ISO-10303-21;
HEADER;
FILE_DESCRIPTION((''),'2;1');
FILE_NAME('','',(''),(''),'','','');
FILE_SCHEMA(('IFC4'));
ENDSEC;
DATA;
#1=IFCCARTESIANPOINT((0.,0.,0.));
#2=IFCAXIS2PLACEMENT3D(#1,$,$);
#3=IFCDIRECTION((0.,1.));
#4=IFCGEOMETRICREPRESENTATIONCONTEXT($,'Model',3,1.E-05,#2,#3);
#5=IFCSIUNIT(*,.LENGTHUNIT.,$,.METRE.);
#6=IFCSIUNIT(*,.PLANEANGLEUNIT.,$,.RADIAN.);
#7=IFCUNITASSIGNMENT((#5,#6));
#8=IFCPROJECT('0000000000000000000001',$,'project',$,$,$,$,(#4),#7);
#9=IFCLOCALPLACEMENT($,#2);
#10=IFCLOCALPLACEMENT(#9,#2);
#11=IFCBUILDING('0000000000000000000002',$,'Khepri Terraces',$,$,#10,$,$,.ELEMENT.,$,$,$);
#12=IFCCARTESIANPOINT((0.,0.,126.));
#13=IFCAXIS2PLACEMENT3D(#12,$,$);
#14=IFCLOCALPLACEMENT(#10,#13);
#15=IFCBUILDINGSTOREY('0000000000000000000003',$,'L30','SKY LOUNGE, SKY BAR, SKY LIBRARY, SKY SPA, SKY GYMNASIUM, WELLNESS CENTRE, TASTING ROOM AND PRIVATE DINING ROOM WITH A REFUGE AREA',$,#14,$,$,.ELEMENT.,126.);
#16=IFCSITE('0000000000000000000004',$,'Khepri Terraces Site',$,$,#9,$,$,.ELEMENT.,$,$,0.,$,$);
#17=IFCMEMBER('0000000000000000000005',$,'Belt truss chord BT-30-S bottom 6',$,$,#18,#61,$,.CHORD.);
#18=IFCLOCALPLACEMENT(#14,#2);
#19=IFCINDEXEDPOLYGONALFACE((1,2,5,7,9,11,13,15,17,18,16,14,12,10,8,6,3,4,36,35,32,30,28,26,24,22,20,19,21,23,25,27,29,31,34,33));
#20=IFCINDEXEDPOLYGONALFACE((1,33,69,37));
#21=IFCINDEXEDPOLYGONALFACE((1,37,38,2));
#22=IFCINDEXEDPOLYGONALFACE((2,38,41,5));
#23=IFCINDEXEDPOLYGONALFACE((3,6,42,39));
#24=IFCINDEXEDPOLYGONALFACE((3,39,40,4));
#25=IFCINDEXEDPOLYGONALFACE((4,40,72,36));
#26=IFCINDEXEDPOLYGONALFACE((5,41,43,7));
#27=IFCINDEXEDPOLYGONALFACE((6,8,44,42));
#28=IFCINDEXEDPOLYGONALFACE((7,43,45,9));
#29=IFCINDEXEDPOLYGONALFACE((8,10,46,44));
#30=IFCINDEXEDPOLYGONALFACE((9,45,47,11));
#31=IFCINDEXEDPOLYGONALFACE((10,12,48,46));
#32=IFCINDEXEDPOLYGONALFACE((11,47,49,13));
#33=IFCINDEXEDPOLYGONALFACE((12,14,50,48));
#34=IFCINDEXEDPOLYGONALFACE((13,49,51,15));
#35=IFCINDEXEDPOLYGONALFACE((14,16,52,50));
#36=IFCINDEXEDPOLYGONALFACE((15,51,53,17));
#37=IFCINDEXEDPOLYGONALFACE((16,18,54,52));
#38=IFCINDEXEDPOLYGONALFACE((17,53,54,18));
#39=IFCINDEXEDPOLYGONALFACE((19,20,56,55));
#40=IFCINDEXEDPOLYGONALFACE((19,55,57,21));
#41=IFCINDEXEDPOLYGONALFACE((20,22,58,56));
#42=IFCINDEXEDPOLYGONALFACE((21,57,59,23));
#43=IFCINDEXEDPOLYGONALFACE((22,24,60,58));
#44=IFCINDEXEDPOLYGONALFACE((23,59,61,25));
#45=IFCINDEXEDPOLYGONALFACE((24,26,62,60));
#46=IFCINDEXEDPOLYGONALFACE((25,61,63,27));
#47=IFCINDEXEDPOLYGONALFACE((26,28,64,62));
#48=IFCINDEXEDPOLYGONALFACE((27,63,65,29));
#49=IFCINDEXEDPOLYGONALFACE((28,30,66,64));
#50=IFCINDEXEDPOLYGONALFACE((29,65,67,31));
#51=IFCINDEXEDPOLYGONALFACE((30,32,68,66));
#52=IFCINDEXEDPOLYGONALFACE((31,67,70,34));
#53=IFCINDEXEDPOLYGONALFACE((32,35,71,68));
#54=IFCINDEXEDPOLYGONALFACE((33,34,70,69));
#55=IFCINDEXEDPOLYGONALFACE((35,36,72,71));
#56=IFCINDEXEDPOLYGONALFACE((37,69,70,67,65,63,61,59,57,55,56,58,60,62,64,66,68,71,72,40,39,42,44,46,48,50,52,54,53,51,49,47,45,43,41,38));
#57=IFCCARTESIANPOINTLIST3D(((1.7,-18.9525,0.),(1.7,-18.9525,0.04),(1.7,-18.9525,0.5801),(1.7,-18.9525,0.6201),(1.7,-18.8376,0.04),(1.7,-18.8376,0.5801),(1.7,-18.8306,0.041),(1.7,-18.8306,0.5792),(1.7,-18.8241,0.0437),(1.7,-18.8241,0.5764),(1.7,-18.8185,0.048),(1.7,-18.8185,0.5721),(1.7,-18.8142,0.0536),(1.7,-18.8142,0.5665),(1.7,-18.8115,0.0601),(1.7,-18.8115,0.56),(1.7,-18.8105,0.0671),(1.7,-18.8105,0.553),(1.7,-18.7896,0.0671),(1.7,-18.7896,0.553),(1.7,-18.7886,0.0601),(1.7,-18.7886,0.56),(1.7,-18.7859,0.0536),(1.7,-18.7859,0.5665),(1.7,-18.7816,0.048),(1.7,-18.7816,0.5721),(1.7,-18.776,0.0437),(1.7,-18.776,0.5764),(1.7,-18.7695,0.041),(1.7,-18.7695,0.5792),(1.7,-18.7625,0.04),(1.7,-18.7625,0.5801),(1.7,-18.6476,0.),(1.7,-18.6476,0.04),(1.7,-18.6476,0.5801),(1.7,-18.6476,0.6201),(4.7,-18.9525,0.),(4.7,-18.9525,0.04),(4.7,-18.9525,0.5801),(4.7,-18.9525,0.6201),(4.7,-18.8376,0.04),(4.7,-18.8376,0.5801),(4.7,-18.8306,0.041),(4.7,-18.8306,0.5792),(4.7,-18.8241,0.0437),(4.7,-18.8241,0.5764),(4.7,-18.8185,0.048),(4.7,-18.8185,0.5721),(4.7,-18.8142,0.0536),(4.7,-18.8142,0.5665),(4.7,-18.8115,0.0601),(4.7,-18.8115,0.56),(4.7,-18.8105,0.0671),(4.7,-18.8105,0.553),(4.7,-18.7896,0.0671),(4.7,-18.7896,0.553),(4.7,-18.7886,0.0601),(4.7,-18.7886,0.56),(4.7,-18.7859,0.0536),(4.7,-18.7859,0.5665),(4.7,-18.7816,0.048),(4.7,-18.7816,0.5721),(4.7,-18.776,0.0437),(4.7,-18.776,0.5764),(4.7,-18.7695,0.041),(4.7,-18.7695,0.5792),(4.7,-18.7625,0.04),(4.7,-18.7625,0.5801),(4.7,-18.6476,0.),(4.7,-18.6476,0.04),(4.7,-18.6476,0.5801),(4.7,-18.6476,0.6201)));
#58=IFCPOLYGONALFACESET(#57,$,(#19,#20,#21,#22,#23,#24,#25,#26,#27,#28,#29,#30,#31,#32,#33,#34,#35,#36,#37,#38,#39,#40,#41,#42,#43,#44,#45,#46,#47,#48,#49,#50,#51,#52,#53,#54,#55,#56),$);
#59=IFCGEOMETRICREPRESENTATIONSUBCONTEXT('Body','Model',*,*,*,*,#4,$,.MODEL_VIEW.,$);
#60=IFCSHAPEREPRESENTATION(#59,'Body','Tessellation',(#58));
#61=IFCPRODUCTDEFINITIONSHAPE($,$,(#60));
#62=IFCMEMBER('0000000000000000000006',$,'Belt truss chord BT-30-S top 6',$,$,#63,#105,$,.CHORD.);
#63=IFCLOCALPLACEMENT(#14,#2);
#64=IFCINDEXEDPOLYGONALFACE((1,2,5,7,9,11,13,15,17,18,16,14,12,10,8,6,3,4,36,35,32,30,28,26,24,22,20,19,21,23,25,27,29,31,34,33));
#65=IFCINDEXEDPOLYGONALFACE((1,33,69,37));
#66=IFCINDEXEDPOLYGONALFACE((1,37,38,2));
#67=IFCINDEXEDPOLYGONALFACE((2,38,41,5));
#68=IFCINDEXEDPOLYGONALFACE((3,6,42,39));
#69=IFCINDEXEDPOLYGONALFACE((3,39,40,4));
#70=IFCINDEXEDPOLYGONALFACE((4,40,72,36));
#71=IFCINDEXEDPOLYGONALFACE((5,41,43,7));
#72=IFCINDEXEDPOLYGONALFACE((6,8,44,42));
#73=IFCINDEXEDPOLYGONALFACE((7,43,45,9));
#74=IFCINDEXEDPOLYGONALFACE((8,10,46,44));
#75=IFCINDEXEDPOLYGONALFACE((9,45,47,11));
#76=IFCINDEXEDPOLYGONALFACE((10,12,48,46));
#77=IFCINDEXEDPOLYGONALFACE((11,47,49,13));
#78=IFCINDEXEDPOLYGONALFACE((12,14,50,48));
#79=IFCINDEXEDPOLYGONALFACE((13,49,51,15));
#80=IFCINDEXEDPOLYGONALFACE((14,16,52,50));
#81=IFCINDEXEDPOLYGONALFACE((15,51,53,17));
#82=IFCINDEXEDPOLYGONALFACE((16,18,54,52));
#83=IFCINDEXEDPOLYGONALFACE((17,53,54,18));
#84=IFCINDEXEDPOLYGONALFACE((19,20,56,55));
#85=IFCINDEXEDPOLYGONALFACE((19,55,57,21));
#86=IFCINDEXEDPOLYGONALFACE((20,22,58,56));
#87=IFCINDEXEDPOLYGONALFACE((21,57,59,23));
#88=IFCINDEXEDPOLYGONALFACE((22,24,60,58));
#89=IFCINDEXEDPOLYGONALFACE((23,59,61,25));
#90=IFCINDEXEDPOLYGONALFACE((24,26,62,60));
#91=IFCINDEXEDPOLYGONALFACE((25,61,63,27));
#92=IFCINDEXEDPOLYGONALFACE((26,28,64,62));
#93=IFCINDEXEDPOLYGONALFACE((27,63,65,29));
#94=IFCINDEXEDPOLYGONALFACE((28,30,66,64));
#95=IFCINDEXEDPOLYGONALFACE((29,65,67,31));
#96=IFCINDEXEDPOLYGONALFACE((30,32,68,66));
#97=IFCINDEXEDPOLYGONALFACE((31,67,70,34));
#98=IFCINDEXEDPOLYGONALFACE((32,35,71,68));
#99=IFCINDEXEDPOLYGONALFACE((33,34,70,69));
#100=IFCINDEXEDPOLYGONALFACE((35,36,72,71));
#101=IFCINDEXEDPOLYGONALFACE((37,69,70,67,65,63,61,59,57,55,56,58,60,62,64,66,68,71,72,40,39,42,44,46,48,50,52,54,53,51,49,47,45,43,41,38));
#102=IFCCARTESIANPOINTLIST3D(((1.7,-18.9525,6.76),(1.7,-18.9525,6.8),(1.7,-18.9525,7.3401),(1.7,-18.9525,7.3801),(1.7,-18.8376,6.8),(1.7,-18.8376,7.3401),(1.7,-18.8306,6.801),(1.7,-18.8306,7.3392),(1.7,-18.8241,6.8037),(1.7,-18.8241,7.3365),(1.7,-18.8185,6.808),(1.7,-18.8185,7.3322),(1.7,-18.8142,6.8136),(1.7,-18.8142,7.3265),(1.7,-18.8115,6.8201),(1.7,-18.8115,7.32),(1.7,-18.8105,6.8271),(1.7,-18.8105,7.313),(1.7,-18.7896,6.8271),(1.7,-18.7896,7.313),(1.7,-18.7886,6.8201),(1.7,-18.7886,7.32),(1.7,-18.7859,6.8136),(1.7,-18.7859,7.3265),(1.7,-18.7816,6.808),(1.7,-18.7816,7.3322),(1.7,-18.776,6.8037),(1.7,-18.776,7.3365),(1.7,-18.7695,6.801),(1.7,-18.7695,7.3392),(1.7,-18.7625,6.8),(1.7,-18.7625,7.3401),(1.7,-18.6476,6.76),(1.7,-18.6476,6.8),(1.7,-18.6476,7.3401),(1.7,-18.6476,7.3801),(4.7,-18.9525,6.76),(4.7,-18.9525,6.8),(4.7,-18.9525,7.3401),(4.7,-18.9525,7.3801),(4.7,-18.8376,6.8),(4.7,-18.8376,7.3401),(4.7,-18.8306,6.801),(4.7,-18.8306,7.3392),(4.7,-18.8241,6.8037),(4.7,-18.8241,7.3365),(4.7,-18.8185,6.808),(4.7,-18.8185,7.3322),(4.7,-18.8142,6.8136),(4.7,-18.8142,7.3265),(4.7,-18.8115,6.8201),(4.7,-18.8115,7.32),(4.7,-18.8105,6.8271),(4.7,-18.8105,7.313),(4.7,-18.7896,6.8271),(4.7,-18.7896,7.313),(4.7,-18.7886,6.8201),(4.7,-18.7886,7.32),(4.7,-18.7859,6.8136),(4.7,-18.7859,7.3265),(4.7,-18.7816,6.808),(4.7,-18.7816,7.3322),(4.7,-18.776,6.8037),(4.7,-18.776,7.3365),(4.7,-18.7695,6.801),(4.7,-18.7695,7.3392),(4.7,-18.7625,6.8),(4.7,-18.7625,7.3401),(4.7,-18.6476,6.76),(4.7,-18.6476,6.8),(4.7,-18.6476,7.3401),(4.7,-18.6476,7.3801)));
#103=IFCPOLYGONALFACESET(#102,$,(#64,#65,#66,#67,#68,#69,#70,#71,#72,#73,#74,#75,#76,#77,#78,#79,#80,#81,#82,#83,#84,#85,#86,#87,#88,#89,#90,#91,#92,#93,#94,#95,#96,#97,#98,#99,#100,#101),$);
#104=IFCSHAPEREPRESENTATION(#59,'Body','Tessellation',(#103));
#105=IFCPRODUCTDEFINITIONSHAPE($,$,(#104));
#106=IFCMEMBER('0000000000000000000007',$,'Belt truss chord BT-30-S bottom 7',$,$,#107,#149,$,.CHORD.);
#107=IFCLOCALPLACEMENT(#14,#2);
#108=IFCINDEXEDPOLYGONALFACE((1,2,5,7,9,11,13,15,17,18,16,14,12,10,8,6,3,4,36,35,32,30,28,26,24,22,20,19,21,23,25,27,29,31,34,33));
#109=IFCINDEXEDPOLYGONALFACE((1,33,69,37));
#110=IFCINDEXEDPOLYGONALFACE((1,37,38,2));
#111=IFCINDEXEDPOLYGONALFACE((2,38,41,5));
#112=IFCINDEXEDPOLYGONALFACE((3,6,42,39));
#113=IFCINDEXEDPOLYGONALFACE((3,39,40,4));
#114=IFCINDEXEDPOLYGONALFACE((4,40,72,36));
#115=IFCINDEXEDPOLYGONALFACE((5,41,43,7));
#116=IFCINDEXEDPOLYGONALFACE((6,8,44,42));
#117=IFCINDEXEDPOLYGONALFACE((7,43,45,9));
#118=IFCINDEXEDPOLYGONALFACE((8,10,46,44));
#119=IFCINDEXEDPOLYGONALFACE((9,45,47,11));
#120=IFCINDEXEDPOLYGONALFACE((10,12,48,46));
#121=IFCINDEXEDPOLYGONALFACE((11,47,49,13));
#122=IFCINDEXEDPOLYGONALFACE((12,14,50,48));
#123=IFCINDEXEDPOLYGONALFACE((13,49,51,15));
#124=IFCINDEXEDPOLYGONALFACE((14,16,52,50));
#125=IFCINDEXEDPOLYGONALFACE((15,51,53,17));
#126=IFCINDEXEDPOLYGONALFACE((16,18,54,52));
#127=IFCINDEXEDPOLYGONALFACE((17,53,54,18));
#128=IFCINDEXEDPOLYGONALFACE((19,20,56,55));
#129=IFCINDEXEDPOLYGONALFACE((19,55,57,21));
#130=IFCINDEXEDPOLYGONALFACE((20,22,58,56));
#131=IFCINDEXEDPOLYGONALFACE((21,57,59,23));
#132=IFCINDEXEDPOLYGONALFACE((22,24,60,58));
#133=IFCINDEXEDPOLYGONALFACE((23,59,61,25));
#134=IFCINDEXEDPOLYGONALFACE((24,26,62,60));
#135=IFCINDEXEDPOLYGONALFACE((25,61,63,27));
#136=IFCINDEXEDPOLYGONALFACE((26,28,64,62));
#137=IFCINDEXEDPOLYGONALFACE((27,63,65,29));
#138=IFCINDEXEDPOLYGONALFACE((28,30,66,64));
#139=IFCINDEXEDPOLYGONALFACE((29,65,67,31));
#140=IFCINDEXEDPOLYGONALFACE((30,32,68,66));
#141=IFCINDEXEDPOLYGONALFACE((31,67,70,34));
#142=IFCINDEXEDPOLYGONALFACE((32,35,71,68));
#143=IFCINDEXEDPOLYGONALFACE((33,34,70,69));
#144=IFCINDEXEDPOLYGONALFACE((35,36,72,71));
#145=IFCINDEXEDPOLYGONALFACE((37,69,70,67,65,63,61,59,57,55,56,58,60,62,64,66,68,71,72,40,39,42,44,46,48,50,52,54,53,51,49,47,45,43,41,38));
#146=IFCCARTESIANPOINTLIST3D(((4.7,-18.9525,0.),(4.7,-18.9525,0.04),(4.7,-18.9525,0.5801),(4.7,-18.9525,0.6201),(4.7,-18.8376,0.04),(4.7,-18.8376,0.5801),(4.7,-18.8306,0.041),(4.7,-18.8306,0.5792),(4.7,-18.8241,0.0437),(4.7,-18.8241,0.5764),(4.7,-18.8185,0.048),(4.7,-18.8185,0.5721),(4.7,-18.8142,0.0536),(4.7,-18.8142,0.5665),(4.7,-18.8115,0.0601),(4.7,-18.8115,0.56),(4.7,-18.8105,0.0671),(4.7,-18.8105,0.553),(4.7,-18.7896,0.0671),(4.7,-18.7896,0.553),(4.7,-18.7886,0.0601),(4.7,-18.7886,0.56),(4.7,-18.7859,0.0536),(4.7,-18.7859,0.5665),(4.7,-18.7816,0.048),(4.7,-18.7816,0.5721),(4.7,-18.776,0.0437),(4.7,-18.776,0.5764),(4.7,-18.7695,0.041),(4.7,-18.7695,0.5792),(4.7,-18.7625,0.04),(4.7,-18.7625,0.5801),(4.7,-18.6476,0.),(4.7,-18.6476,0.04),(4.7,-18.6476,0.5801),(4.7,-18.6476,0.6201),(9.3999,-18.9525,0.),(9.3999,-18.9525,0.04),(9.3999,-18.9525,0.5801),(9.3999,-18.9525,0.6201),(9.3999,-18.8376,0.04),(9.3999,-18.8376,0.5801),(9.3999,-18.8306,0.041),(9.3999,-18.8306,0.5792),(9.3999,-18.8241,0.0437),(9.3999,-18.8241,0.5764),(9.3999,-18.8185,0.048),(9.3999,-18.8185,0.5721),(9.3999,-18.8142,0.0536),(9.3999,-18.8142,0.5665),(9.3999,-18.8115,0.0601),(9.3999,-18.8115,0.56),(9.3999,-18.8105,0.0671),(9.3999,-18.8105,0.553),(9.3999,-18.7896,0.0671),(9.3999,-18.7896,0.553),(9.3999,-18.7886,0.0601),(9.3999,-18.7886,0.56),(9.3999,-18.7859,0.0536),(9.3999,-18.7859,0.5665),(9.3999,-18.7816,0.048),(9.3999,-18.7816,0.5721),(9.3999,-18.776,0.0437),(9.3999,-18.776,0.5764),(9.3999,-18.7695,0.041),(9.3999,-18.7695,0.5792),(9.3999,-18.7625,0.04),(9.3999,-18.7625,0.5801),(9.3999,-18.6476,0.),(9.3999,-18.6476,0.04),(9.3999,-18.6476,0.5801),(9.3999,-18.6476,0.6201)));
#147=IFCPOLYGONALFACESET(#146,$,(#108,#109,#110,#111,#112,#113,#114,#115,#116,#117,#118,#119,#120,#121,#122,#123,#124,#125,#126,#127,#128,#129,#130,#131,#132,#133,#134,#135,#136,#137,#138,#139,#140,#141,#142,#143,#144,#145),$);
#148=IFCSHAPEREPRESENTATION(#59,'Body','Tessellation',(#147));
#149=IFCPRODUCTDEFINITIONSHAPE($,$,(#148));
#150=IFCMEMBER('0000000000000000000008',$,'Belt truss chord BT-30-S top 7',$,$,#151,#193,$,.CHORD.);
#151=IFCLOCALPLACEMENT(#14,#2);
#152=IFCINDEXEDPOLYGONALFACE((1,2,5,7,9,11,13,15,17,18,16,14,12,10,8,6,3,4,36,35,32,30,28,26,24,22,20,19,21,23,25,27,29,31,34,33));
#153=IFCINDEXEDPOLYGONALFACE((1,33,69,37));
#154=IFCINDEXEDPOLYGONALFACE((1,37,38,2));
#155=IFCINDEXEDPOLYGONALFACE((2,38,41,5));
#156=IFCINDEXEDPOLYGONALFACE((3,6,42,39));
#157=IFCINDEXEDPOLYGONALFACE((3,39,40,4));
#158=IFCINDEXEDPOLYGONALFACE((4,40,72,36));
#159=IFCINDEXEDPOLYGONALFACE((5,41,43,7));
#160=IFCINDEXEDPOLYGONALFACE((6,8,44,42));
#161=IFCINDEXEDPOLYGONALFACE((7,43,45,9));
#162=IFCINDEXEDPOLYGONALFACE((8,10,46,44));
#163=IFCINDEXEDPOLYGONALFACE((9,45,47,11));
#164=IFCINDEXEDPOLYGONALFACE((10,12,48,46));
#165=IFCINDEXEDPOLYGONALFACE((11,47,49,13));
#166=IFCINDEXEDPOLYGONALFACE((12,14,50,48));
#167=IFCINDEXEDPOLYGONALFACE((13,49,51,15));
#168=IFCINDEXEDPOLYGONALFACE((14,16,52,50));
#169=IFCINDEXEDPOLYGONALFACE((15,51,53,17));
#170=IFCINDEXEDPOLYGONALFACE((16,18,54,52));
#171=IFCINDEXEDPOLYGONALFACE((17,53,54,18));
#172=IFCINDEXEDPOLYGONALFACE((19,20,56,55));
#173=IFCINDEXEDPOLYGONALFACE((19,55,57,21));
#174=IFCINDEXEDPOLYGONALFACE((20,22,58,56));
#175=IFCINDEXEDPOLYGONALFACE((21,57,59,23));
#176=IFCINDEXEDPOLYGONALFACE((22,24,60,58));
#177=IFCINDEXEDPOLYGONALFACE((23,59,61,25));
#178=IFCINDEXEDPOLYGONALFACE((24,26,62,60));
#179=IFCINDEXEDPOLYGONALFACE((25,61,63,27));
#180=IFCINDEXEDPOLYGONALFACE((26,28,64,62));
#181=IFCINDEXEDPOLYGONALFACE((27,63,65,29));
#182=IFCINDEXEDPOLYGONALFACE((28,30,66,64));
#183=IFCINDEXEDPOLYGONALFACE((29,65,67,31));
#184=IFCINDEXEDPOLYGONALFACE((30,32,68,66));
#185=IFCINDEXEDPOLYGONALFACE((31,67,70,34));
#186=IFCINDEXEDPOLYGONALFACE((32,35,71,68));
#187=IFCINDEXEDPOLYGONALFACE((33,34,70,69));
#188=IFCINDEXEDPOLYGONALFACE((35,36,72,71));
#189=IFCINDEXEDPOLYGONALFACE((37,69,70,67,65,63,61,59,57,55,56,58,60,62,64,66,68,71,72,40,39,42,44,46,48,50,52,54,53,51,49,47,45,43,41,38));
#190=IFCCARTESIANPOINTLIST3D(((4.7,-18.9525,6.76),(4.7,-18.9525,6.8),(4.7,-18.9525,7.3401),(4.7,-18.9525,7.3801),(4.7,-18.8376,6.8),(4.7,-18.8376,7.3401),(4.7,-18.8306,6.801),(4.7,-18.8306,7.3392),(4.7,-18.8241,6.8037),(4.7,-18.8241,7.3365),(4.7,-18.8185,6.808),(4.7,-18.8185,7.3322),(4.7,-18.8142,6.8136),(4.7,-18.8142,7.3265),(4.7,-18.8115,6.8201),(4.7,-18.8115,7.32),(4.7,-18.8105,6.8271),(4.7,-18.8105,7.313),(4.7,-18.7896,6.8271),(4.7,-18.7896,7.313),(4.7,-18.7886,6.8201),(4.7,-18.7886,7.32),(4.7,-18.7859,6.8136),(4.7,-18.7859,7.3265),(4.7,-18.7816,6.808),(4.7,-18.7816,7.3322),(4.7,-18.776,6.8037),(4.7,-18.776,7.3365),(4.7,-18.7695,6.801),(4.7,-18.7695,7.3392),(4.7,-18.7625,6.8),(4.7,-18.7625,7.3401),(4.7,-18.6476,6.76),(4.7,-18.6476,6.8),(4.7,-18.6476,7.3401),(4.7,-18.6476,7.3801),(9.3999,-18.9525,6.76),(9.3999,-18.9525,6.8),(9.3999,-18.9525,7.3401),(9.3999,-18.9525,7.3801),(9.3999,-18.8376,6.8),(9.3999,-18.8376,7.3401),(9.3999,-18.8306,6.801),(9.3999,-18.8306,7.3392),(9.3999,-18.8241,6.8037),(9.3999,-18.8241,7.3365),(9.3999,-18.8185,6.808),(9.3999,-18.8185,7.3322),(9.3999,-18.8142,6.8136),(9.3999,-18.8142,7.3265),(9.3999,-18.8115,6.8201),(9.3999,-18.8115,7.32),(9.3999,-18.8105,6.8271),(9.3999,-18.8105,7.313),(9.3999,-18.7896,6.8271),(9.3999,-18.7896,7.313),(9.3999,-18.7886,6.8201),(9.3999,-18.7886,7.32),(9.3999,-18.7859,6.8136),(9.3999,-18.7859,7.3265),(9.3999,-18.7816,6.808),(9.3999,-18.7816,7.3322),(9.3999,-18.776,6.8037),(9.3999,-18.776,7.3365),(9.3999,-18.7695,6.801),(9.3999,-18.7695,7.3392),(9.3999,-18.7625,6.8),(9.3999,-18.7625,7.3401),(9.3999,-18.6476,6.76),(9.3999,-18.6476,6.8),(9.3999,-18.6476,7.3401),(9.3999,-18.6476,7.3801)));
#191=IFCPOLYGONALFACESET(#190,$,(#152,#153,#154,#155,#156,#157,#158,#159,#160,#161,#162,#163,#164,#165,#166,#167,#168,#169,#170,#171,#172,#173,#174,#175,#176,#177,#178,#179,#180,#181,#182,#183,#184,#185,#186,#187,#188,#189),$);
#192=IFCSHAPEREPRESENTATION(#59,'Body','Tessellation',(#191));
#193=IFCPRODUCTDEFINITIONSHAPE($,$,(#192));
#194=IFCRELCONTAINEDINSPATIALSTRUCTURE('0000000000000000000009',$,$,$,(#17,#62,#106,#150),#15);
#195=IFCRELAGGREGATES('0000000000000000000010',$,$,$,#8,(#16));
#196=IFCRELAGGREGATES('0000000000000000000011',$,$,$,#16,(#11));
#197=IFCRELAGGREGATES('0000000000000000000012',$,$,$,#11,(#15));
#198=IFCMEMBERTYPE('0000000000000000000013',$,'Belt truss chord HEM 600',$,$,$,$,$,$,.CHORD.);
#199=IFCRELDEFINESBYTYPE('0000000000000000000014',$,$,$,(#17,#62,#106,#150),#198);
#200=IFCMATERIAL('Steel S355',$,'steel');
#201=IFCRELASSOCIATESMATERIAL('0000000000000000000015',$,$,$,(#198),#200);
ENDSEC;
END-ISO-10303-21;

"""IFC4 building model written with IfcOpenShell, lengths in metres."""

from ifc_helpers import new_model, si_unit, direction, frame, origin, origin_2d, place, context, subcontext, project, spatial, i_section, extrude, material, material_profile, profile_set, type_object, element, save


model = new_model("IFC4")

# Units and contexts
model_context = context("Model", 3, precision=1e-05, world=origin(), true_north=direction((0.0, 1.0)))
body_context = subcontext(model_context, "Body", "Model", "MODEL_VIEW")
ifc_project = project(units=[si_unit("LENGTHUNIT", "METRE"), si_unit("PLANEANGLEUNIT", "RADIAN")], contexts=[model_context])

# Site, building, storey
site_placement = place(None, origin())
site = spatial("IfcSite", under=ifc_project, at=site_placement, Name="Khepri Terraces Site", CompositionType="ELEMENT", RefElevation=0.0)
building_placement = place(site_placement, origin())
building = spatial("IfcBuilding", under=site, at=building_placement, Name="Khepri Terraces", CompositionType="ELEMENT")
storey_placement = place(building_placement, frame((0.0, 0.0, 126.0)))
storey = spatial("IfcBuildingStorey", under=building, at=storey_placement, Name="L30", Description="SKY LOUNGE, SKY BAR, SKY LIBRARY, SKY SPA, SKY GYMNASIUM, WELLNESS CENTRE, TASTING ROOM AND PRIVATE DINING ROOM WITH A REFUGE AREA", CompositionType="ELEMENT", Elevation=126.0)

# Members
ifc_material_1 = material(Name="Steel S355", Category="steel")
ifc_material_profile_1 = material_profile(ifc_material_1, i_section(OverallWidth=0.3049, OverallDepth=0.6201, WebThickness=0.021, FlangeThickness=0.04, FilletRadius=0.0271, at=origin_2d()), Name="Steel S355", Category="steel")
ifc_profile_set_1 = profile_set([ifc_material_profile_1], Name="Steel S355")
member_type_1 = type_object("IfcMemberType", Name="Belt truss chord HEM 600", PredefinedType="CHORD", material=ifc_profile_set_1)
for number, where, z_axis, x_axis, name in (
    (1, (1.7, -18.8, 0.3101), (1.0, 0.0, 0.0), (0.0, 1.0, 0.0), "Belt truss chord BT-30-S bottom 6"),
    (2, (1.7, -18.8, 7.0701), (1.0, 0.0, 0.0), (0.0, 1.0, 0.0), "Belt truss chord BT-30-S top 6"),
):
    element("IfcMember", number, at=place(storey_placement, frame(where, z_axis=z_axis, x_axis=x_axis)), inside=storey, type_object=member_type_1, Name=name, PredefinedType="CHORD", context=body_context, shape_type="SweptSolid", body=[
        extrude(i_section(OverallWidth=0.3049, OverallDepth=0.6201, WebThickness=0.021, FlangeThickness=0.04, FilletRadius=0.0271, at=origin_2d()), origin(), (0.0, 0.0, 1.0), 3.0),
    ])
for number, where, z_axis, x_axis, name in (
    (3, (4.7, -18.8, 0.3101), (1.0, 0.0, 0.0), (0.0, 1.0, 0.0), "Belt truss chord BT-30-S bottom 7"),
    (4, (4.7, -18.8, 7.0701), (1.0, 0.0, 0.0), (0.0, 1.0, 0.0), "Belt truss chord BT-30-S top 7"),
):
    element("IfcMember", number, at=place(storey_placement, frame(where, z_axis=z_axis, x_axis=x_axis)), inside=storey, type_object=member_type_1, Name=name, PredefinedType="CHORD", context=body_context, shape_type="SweptSolid", body=[
        extrude(i_section(OverallWidth=0.3049, OverallDepth=0.6201, WebThickness=0.021, FlangeThickness=0.04, FilletRadius=0.0271, at=origin_2d()), origin(), (0.0, 0.0, 1.0), 4.7),
    ])

save(model, "model.ifc")
